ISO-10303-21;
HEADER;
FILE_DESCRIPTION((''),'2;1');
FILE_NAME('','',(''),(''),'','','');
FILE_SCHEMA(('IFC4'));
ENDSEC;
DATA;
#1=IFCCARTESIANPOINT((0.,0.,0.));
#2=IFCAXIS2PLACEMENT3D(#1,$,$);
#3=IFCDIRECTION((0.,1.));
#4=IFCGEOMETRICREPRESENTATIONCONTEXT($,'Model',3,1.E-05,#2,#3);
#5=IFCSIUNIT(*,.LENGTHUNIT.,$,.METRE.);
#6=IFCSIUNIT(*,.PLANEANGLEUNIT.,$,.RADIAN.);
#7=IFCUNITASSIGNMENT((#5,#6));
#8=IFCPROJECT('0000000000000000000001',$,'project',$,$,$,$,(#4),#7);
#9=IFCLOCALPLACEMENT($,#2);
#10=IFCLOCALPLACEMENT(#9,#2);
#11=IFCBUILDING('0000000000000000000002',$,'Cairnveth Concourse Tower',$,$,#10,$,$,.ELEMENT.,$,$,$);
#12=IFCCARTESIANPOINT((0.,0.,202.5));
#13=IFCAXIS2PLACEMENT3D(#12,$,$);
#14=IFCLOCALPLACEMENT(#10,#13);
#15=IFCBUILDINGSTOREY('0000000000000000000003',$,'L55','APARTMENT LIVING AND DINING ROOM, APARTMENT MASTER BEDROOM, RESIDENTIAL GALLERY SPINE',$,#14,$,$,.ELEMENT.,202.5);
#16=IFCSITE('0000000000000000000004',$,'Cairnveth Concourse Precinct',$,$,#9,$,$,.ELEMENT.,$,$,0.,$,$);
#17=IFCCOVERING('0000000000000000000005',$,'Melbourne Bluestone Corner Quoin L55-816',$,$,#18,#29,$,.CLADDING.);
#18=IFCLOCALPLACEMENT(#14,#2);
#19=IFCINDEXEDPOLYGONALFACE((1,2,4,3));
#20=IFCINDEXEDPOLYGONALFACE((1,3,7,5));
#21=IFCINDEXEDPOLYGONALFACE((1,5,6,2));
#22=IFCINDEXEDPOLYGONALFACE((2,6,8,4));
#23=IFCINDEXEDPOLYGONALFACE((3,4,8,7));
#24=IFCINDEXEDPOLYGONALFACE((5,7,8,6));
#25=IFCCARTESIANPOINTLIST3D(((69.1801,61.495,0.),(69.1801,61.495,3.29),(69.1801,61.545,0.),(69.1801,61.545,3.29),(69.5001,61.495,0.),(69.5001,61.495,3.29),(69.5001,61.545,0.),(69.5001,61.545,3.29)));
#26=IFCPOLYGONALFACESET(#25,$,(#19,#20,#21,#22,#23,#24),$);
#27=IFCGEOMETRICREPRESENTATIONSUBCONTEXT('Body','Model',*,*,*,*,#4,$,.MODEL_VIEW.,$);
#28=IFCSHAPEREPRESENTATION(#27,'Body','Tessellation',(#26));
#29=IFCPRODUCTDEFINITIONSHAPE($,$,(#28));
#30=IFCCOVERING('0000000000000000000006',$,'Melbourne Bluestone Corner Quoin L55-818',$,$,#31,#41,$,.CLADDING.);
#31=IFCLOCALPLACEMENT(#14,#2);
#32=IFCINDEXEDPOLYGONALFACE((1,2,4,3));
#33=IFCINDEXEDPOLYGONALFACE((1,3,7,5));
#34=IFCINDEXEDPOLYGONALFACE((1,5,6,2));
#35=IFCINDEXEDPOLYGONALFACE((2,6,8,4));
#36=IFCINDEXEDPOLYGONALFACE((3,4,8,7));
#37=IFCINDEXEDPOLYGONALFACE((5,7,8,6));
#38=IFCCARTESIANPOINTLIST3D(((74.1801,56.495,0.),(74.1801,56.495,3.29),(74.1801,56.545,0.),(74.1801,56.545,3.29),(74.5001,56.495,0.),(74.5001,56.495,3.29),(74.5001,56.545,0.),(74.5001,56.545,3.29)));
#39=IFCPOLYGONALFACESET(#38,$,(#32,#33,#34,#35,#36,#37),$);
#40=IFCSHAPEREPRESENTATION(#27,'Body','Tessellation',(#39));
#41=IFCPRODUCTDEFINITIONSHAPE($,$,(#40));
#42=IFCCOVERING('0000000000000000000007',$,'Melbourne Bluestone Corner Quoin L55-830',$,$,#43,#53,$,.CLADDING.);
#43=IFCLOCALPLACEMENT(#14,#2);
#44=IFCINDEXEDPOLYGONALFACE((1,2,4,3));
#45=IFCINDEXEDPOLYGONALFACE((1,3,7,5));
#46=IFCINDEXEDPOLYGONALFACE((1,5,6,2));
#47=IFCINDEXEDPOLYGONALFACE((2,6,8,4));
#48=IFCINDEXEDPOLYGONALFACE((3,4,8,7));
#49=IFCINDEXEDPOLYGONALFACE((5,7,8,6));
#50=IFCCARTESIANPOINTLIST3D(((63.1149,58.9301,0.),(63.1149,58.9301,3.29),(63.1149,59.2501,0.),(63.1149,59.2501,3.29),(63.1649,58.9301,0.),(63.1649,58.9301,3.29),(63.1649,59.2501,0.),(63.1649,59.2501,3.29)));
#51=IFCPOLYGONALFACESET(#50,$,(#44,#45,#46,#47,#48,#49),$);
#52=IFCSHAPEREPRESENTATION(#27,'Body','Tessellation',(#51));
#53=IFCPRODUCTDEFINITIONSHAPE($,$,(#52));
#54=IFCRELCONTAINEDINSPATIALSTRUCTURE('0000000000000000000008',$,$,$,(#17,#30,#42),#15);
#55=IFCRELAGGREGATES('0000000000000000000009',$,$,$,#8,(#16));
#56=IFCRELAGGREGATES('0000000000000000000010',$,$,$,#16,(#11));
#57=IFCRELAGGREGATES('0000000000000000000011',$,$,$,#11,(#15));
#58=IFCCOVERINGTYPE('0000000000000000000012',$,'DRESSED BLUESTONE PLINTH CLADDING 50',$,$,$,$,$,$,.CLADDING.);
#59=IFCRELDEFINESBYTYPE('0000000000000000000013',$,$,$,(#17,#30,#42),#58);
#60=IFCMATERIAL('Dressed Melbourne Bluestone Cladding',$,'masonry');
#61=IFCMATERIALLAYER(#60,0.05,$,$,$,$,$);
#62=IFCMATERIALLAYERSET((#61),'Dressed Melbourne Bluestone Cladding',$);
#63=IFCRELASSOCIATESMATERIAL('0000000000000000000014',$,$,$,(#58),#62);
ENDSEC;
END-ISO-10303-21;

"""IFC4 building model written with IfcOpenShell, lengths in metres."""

from ifc_helpers import new_model, si_unit, direction, frame, frame_2d, origin, place, context, subcontext, project, spatial, rectangle, extrude, material, layer, layer_set, type_object, element, save


model = new_model("IFC4")

# Units and contexts
model_context = context("Model", 3, precision=1e-05, world=origin(), true_north=direction((0.0, 1.0)))
body_context = subcontext(model_context, "Body", "Model", "MODEL_VIEW")
ifc_project = project(units=[si_unit("LENGTHUNIT", "METRE"), si_unit("PLANEANGLEUNIT", "RADIAN")], contexts=[model_context])

# Site, building, storey
site_placement = place(None, origin())
site = spatial("IfcSite", under=ifc_project, at=site_placement, Name="Cairnveth Concourse Precinct", CompositionType="ELEMENT", RefElevation=0.0)
building_placement = place(site_placement, origin())
building = spatial("IfcBuilding", under=site, at=building_placement, Name="Cairnveth Concourse Tower", CompositionType="ELEMENT")
storey_placement = place(building_placement, frame((0.0, 0.0, 202.5)))
storey = spatial("IfcBuildingStorey", under=building, at=storey_placement, Name="L55", Description="APARTMENT LIVING AND DINING ROOM, APARTMENT MASTER BEDROOM, RESIDENTIAL GALLERY SPINE", CompositionType="ELEMENT", Elevation=202.5)

# Coverings
ifc_material_1 = material(Name="Dressed Melbourne Bluestone Cladding", Category="masonry")
ifc_layer_1 = layer(ifc_material_1, 0.05)
ifc_layer_set_1 = layer_set([ifc_layer_1], Name="Dressed Melbourne Bluestone Cladding")
covering_type = type_object("IfcCoveringType", Name="DRESSED BLUESTONE PLINTH CLADDING 50", PredefinedType="CLADDING", material=ifc_layer_set_1)
for number, where, z_axis, x_axis, name in (
    (1, (69.1799, 61.52, 0.0), (0.0, 0.0, 1.0), (1.0, 0.0, 0.0), "Melbourne Bluestone Corner Quoin L55-816"),
    (2, (74.1799, 56.52, 0.0), (0.0, 0.0, 1.0), (1.0, 0.0, 0.0), "Melbourne Bluestone Corner Quoin L55-818"),
    (3, (63.1399, 58.9299, 0.0), (0.0, 0.0, 1.0), (0.0, 1.0, 0.0), "Melbourne Bluestone Corner Quoin L55-830"),
):
    element("IfcCovering", number, at=place(storey_placement, frame(where, z_axis=z_axis, x_axis=x_axis)), inside=storey, type_object=covering_type, Name=name, PredefinedType="CLADDING", context=body_context, shape_type="SweptSolid", body=[
        extrude(rectangle(XDim=0.3201, YDim=0.05, at=frame_2d((0.1602, 0.0))), origin(), (0.0, 0.0, 1.0), 3.29),
    ])

save(model, "model.ifc")
